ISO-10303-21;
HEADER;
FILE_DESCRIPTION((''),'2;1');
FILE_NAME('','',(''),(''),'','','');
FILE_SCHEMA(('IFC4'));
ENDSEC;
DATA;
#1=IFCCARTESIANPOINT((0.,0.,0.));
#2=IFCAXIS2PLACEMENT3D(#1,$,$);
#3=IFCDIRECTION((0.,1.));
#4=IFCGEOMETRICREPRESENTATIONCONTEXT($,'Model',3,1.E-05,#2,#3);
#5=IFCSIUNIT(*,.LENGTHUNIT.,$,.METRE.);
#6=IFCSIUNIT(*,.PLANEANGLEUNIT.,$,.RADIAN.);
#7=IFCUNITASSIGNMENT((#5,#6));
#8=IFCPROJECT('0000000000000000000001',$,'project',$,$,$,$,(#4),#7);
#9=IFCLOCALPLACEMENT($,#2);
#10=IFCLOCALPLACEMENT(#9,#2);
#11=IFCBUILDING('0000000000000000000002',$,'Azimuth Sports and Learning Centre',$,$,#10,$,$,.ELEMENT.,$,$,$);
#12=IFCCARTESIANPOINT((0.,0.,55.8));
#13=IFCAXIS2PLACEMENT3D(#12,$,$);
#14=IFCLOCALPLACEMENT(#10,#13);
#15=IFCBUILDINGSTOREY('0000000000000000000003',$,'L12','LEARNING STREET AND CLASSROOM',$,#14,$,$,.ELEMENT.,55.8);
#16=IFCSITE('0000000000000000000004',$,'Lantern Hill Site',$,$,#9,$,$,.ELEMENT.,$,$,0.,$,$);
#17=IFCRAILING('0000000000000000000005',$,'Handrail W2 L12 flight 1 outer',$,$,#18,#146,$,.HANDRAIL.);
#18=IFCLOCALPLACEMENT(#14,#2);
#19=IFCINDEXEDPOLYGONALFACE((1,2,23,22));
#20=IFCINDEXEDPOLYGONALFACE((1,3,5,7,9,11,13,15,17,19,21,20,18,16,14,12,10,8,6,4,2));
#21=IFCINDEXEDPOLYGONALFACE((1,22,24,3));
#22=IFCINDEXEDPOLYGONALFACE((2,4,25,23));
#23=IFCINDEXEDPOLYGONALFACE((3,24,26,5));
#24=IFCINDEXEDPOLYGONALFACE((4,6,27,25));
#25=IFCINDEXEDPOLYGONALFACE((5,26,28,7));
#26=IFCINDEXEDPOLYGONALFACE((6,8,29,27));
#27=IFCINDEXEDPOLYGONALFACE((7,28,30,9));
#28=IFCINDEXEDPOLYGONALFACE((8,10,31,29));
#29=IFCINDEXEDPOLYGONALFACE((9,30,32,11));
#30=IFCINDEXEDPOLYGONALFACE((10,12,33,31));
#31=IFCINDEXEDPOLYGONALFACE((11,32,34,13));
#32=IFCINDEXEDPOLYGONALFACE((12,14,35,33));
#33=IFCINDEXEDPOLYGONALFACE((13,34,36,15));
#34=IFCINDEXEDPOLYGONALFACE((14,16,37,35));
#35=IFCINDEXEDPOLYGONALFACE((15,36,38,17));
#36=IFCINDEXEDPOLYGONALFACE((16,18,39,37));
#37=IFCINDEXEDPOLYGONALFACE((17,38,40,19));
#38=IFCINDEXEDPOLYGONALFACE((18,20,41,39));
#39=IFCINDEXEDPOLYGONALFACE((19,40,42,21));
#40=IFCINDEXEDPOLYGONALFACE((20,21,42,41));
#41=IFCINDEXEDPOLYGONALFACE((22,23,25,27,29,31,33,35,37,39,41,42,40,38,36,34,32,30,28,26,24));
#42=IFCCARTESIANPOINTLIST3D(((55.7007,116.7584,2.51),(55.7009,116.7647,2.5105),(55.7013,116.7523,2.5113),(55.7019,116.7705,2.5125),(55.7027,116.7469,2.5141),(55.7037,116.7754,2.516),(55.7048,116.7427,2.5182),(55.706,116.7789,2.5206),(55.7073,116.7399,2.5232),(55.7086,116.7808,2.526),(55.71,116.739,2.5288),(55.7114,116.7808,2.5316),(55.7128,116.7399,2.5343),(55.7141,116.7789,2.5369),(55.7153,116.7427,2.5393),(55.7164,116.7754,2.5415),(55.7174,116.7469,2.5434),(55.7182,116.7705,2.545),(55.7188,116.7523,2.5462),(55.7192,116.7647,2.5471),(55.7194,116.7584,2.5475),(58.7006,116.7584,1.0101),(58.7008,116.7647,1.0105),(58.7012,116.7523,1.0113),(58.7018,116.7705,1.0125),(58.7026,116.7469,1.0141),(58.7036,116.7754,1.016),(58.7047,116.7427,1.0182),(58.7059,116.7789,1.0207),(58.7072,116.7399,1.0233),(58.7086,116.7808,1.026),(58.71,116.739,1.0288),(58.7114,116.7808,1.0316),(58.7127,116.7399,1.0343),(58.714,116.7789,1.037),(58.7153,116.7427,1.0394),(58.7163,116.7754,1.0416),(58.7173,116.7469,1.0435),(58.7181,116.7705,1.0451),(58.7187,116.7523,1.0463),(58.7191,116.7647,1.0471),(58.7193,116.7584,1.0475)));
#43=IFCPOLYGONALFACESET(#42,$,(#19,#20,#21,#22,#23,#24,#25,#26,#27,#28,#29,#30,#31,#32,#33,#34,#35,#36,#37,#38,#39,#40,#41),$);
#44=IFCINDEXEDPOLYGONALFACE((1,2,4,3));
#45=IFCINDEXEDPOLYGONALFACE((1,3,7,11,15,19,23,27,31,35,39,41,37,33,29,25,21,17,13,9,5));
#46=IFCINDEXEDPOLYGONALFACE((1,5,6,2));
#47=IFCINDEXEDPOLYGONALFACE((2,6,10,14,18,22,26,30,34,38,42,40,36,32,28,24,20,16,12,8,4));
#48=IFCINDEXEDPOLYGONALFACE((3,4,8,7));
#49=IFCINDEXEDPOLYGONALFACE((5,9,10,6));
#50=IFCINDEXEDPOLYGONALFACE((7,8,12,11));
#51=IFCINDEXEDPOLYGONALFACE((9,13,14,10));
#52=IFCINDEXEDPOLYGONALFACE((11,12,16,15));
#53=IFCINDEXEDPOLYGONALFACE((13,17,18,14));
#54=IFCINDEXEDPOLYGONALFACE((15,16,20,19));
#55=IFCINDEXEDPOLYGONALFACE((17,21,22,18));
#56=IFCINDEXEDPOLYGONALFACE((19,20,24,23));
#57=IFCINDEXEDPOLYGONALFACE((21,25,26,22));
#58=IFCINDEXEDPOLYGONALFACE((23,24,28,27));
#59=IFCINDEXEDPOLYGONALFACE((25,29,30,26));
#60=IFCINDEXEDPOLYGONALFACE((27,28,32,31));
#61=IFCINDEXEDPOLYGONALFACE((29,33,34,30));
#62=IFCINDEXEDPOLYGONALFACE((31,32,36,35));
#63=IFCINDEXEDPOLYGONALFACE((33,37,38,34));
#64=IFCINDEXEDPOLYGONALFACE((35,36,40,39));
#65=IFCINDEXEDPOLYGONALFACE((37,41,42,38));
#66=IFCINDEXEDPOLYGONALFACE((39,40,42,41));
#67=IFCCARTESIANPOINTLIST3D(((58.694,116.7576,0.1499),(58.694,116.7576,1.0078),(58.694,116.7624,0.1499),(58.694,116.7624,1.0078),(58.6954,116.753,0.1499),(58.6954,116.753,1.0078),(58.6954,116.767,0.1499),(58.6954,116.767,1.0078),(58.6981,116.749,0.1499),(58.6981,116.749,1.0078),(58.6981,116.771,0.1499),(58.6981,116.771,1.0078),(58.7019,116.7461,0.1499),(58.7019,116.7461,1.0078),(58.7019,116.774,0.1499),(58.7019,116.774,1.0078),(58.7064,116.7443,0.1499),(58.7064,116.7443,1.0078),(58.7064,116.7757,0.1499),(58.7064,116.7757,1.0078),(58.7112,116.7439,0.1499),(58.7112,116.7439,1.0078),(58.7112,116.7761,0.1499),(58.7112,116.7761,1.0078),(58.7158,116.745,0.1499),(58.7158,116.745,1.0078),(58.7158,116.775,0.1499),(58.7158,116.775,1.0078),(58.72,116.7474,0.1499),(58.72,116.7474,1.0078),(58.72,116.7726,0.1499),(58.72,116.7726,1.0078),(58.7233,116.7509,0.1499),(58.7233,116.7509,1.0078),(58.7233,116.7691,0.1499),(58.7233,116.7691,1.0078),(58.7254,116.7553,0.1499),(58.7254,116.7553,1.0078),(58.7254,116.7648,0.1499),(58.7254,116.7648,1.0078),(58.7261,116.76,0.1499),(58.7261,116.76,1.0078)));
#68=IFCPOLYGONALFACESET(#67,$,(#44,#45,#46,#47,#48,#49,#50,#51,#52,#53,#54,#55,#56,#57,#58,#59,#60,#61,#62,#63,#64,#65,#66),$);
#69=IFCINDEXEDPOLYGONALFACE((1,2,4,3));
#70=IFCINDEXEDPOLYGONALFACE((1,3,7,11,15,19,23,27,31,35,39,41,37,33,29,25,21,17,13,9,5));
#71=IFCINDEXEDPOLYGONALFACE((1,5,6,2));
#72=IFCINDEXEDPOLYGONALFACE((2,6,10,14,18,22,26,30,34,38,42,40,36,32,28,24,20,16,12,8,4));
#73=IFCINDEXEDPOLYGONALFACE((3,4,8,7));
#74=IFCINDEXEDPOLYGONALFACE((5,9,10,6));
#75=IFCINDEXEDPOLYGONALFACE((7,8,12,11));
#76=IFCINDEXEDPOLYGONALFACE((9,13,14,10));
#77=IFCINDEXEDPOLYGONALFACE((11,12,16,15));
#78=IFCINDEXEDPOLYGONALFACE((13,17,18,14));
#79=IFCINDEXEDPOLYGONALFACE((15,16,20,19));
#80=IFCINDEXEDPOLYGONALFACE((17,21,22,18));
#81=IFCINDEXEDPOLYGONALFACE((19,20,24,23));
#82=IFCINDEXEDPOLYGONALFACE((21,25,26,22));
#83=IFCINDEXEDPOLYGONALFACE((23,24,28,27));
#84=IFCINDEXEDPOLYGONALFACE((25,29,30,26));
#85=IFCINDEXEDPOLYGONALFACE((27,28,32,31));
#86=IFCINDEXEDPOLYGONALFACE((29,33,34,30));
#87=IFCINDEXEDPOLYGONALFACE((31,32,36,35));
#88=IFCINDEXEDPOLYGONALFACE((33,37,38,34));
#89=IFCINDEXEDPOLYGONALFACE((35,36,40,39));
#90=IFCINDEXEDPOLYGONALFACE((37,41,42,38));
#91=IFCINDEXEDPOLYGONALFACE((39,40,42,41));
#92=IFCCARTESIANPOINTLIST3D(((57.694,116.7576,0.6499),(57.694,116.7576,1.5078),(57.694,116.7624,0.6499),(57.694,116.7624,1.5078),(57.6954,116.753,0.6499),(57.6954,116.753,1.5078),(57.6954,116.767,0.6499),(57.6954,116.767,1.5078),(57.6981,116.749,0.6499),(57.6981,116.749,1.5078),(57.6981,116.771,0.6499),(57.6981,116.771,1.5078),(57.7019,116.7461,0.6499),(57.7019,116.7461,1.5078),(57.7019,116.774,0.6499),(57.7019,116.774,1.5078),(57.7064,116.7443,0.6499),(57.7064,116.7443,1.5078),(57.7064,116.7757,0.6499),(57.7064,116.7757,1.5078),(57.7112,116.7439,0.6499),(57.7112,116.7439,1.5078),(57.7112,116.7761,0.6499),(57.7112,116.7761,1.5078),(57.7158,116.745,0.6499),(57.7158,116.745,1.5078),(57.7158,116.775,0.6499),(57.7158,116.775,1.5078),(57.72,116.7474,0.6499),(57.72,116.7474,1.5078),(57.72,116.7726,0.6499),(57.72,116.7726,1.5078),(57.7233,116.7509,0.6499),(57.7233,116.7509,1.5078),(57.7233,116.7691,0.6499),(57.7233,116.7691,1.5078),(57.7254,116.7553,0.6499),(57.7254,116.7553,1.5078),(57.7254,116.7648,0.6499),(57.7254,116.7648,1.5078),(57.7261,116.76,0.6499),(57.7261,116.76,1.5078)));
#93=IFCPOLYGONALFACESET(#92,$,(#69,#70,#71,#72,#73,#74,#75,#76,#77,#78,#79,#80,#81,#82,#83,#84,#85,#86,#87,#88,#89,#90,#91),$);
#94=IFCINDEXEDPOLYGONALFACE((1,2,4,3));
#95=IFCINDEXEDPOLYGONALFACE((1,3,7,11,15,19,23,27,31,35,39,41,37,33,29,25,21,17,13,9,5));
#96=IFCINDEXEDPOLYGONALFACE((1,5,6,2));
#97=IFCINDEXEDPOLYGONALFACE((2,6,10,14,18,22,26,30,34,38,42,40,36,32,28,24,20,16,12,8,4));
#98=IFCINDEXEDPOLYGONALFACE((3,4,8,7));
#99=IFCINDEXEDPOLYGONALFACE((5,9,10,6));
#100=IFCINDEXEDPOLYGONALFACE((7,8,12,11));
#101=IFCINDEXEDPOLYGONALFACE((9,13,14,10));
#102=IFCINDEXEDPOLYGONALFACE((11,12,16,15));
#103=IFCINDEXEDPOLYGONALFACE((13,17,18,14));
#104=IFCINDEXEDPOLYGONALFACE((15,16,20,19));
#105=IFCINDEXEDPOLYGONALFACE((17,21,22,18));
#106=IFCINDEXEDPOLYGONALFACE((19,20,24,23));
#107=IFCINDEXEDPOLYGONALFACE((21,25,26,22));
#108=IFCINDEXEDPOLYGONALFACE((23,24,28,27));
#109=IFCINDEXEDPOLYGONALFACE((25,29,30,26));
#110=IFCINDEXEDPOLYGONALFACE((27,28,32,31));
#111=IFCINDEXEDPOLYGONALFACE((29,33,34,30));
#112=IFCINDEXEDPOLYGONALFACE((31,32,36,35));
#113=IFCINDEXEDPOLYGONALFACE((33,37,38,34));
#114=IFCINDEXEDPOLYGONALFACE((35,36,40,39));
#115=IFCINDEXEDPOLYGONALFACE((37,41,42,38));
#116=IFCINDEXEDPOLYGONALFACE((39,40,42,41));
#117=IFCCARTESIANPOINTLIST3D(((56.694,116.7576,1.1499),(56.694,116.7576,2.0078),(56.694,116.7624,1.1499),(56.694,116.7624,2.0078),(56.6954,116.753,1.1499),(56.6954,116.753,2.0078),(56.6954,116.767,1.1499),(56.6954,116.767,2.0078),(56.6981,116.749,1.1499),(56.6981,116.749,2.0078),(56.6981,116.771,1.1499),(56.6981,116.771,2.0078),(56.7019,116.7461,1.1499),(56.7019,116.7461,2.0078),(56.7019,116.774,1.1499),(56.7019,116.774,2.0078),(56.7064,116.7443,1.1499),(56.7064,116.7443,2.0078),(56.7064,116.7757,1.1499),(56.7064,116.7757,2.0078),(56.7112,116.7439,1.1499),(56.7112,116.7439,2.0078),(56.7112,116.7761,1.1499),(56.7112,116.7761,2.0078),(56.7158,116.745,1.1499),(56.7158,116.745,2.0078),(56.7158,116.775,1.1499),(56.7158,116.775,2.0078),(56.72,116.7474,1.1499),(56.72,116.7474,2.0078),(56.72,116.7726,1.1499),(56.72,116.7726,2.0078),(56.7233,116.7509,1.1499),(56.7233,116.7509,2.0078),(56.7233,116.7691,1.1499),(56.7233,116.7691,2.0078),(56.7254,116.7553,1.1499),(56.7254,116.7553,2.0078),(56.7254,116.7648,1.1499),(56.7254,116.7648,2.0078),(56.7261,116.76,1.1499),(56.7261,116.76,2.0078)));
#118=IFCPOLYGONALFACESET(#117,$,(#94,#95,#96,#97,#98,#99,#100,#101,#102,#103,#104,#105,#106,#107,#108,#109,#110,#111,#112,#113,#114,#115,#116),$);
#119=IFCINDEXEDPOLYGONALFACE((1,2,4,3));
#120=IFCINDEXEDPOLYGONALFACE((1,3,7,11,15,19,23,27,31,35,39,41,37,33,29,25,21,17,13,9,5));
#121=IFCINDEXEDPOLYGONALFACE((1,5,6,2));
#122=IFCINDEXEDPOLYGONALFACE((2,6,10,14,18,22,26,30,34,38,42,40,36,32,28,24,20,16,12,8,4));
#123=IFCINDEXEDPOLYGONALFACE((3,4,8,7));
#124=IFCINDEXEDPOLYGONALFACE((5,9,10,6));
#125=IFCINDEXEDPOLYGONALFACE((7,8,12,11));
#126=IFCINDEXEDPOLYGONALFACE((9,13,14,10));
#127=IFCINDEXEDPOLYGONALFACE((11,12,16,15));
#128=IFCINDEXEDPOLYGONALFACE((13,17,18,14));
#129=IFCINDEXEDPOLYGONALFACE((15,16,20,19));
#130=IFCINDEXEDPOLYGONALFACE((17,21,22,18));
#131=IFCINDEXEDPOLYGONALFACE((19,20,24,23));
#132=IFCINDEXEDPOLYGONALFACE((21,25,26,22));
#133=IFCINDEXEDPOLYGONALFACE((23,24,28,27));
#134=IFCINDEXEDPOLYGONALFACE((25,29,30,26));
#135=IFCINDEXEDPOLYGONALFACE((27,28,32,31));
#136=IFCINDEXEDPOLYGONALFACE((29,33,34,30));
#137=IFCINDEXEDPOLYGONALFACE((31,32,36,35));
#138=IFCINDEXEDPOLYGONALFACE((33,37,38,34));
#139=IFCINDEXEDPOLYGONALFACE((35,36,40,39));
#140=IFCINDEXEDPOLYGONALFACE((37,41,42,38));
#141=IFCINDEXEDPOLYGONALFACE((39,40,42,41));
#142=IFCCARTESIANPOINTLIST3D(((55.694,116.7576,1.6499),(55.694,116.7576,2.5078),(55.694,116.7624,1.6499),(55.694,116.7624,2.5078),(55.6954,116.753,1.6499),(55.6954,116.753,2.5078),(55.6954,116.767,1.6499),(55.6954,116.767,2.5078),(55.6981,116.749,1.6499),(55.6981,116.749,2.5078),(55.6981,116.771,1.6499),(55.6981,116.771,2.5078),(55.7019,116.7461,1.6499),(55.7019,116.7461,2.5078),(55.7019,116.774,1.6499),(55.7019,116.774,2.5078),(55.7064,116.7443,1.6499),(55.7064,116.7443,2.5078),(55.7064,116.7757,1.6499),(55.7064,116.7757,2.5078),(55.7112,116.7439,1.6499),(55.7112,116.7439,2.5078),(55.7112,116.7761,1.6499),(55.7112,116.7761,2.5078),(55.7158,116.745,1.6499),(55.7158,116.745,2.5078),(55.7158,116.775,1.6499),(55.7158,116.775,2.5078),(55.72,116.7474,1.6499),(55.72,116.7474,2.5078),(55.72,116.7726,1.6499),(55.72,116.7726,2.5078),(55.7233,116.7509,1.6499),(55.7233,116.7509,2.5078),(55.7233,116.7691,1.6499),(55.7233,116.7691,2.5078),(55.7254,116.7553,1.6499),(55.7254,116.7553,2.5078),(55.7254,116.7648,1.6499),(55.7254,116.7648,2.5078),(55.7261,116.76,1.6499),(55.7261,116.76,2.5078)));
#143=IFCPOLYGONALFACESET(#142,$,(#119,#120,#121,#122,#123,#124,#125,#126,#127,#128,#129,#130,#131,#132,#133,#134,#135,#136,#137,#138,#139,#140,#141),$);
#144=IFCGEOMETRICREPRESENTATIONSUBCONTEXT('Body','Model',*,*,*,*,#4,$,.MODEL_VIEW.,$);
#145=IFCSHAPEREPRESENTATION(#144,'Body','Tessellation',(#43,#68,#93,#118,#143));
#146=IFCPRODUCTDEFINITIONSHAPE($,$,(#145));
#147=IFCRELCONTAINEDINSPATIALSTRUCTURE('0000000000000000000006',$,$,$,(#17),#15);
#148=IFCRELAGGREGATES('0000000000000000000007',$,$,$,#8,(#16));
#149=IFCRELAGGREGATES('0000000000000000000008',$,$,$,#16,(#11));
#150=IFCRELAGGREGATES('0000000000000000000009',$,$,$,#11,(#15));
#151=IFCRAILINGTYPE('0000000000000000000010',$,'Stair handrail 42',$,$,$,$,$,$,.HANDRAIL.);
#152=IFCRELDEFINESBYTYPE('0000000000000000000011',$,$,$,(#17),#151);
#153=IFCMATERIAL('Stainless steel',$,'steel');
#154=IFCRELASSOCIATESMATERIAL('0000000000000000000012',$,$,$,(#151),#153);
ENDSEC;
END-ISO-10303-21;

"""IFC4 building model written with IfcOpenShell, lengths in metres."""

from ifc_helpers import new_model, si_unit, direction, frame, origin, origin_2d, place, context, subcontext, project, spatial, circle, extrude, material, type_object, element, save


model = new_model("IFC4")

# Units and contexts
model_context = context("Model", 3, precision=1e-05, world=origin(), true_north=direction((0.0, 1.0)))
body_context = subcontext(model_context, "Body", "Model", "MODEL_VIEW")
ifc_project = project(units=[si_unit("LENGTHUNIT", "METRE"), si_unit("PLANEANGLEUNIT", "RADIAN")], contexts=[model_context])

# Site, building, storey
site_placement = place(None, origin())
site = spatial("IfcSite", under=ifc_project, at=site_placement, Name="Lantern Hill Site", CompositionType="ELEMENT", RefElevation=0.0)
building_placement = place(site_placement, origin())
building = spatial("IfcBuilding", under=site, at=building_placement, Name="Azimuth Sports and Learning Centre", CompositionType="ELEMENT")
storey_placement = place(building_placement, frame((0.0, 0.0, 55.8)))
storey = spatial("IfcBuildingStorey", under=building, at=storey_placement, Name="L12", Description="LEARNING STREET AND CLASSROOM", CompositionType="ELEMENT", Elevation=55.8)

# Railing
ifc_material_1 = material(Name="Stainless steel", Category="steel")
railing_type_1 = type_object("IfcRailingType", Name="Stair handrail 42", PredefinedType="HANDRAIL", material=ifc_material_1)
for number, where, name in (
    (1, (58.71, 116.76, 0.1499), "Handrail W2 L12 flight 1 outer"),
):
    element("IfcRailing", number, at=place(storey_placement, frame(where)), inside=storey, type_object=railing_type_1, Name=name, PredefinedType="HANDRAIL", context=body_context, shape_type="SweptSolid", body=[
        extrude(circle(Radius=0.021, at=origin_2d()), frame((0.0, 0.0, 0.8789), z_axis=(-0.894427, 0.0, 0.447214), x_axis=(0.0, -1.0, 0.0)), (0.0, 0.0, 1.0), 3.354),
        extrude(circle(Radius=0.0161, at=origin_2d()), origin(), (0.0, 0.0, 1.0), 0.8579),
        extrude(circle(Radius=0.0161, at=origin_2d()), frame((-1.0, 0.0, 0.5)), (0.0, 0.0, 1.0), 0.8579),
        extrude(circle(Radius=0.0161, at=origin_2d()), frame((-2.0, 0.0, 1.0)), (0.0, 0.0, 1.0), 0.8579),
        extrude(circle(Radius=0.0161, at=origin_2d()), frame((-3.0, 0.0, 1.5)), (0.0, 0.0, 1.0), 0.8579),
    ])

save(model, "model.ifc")
